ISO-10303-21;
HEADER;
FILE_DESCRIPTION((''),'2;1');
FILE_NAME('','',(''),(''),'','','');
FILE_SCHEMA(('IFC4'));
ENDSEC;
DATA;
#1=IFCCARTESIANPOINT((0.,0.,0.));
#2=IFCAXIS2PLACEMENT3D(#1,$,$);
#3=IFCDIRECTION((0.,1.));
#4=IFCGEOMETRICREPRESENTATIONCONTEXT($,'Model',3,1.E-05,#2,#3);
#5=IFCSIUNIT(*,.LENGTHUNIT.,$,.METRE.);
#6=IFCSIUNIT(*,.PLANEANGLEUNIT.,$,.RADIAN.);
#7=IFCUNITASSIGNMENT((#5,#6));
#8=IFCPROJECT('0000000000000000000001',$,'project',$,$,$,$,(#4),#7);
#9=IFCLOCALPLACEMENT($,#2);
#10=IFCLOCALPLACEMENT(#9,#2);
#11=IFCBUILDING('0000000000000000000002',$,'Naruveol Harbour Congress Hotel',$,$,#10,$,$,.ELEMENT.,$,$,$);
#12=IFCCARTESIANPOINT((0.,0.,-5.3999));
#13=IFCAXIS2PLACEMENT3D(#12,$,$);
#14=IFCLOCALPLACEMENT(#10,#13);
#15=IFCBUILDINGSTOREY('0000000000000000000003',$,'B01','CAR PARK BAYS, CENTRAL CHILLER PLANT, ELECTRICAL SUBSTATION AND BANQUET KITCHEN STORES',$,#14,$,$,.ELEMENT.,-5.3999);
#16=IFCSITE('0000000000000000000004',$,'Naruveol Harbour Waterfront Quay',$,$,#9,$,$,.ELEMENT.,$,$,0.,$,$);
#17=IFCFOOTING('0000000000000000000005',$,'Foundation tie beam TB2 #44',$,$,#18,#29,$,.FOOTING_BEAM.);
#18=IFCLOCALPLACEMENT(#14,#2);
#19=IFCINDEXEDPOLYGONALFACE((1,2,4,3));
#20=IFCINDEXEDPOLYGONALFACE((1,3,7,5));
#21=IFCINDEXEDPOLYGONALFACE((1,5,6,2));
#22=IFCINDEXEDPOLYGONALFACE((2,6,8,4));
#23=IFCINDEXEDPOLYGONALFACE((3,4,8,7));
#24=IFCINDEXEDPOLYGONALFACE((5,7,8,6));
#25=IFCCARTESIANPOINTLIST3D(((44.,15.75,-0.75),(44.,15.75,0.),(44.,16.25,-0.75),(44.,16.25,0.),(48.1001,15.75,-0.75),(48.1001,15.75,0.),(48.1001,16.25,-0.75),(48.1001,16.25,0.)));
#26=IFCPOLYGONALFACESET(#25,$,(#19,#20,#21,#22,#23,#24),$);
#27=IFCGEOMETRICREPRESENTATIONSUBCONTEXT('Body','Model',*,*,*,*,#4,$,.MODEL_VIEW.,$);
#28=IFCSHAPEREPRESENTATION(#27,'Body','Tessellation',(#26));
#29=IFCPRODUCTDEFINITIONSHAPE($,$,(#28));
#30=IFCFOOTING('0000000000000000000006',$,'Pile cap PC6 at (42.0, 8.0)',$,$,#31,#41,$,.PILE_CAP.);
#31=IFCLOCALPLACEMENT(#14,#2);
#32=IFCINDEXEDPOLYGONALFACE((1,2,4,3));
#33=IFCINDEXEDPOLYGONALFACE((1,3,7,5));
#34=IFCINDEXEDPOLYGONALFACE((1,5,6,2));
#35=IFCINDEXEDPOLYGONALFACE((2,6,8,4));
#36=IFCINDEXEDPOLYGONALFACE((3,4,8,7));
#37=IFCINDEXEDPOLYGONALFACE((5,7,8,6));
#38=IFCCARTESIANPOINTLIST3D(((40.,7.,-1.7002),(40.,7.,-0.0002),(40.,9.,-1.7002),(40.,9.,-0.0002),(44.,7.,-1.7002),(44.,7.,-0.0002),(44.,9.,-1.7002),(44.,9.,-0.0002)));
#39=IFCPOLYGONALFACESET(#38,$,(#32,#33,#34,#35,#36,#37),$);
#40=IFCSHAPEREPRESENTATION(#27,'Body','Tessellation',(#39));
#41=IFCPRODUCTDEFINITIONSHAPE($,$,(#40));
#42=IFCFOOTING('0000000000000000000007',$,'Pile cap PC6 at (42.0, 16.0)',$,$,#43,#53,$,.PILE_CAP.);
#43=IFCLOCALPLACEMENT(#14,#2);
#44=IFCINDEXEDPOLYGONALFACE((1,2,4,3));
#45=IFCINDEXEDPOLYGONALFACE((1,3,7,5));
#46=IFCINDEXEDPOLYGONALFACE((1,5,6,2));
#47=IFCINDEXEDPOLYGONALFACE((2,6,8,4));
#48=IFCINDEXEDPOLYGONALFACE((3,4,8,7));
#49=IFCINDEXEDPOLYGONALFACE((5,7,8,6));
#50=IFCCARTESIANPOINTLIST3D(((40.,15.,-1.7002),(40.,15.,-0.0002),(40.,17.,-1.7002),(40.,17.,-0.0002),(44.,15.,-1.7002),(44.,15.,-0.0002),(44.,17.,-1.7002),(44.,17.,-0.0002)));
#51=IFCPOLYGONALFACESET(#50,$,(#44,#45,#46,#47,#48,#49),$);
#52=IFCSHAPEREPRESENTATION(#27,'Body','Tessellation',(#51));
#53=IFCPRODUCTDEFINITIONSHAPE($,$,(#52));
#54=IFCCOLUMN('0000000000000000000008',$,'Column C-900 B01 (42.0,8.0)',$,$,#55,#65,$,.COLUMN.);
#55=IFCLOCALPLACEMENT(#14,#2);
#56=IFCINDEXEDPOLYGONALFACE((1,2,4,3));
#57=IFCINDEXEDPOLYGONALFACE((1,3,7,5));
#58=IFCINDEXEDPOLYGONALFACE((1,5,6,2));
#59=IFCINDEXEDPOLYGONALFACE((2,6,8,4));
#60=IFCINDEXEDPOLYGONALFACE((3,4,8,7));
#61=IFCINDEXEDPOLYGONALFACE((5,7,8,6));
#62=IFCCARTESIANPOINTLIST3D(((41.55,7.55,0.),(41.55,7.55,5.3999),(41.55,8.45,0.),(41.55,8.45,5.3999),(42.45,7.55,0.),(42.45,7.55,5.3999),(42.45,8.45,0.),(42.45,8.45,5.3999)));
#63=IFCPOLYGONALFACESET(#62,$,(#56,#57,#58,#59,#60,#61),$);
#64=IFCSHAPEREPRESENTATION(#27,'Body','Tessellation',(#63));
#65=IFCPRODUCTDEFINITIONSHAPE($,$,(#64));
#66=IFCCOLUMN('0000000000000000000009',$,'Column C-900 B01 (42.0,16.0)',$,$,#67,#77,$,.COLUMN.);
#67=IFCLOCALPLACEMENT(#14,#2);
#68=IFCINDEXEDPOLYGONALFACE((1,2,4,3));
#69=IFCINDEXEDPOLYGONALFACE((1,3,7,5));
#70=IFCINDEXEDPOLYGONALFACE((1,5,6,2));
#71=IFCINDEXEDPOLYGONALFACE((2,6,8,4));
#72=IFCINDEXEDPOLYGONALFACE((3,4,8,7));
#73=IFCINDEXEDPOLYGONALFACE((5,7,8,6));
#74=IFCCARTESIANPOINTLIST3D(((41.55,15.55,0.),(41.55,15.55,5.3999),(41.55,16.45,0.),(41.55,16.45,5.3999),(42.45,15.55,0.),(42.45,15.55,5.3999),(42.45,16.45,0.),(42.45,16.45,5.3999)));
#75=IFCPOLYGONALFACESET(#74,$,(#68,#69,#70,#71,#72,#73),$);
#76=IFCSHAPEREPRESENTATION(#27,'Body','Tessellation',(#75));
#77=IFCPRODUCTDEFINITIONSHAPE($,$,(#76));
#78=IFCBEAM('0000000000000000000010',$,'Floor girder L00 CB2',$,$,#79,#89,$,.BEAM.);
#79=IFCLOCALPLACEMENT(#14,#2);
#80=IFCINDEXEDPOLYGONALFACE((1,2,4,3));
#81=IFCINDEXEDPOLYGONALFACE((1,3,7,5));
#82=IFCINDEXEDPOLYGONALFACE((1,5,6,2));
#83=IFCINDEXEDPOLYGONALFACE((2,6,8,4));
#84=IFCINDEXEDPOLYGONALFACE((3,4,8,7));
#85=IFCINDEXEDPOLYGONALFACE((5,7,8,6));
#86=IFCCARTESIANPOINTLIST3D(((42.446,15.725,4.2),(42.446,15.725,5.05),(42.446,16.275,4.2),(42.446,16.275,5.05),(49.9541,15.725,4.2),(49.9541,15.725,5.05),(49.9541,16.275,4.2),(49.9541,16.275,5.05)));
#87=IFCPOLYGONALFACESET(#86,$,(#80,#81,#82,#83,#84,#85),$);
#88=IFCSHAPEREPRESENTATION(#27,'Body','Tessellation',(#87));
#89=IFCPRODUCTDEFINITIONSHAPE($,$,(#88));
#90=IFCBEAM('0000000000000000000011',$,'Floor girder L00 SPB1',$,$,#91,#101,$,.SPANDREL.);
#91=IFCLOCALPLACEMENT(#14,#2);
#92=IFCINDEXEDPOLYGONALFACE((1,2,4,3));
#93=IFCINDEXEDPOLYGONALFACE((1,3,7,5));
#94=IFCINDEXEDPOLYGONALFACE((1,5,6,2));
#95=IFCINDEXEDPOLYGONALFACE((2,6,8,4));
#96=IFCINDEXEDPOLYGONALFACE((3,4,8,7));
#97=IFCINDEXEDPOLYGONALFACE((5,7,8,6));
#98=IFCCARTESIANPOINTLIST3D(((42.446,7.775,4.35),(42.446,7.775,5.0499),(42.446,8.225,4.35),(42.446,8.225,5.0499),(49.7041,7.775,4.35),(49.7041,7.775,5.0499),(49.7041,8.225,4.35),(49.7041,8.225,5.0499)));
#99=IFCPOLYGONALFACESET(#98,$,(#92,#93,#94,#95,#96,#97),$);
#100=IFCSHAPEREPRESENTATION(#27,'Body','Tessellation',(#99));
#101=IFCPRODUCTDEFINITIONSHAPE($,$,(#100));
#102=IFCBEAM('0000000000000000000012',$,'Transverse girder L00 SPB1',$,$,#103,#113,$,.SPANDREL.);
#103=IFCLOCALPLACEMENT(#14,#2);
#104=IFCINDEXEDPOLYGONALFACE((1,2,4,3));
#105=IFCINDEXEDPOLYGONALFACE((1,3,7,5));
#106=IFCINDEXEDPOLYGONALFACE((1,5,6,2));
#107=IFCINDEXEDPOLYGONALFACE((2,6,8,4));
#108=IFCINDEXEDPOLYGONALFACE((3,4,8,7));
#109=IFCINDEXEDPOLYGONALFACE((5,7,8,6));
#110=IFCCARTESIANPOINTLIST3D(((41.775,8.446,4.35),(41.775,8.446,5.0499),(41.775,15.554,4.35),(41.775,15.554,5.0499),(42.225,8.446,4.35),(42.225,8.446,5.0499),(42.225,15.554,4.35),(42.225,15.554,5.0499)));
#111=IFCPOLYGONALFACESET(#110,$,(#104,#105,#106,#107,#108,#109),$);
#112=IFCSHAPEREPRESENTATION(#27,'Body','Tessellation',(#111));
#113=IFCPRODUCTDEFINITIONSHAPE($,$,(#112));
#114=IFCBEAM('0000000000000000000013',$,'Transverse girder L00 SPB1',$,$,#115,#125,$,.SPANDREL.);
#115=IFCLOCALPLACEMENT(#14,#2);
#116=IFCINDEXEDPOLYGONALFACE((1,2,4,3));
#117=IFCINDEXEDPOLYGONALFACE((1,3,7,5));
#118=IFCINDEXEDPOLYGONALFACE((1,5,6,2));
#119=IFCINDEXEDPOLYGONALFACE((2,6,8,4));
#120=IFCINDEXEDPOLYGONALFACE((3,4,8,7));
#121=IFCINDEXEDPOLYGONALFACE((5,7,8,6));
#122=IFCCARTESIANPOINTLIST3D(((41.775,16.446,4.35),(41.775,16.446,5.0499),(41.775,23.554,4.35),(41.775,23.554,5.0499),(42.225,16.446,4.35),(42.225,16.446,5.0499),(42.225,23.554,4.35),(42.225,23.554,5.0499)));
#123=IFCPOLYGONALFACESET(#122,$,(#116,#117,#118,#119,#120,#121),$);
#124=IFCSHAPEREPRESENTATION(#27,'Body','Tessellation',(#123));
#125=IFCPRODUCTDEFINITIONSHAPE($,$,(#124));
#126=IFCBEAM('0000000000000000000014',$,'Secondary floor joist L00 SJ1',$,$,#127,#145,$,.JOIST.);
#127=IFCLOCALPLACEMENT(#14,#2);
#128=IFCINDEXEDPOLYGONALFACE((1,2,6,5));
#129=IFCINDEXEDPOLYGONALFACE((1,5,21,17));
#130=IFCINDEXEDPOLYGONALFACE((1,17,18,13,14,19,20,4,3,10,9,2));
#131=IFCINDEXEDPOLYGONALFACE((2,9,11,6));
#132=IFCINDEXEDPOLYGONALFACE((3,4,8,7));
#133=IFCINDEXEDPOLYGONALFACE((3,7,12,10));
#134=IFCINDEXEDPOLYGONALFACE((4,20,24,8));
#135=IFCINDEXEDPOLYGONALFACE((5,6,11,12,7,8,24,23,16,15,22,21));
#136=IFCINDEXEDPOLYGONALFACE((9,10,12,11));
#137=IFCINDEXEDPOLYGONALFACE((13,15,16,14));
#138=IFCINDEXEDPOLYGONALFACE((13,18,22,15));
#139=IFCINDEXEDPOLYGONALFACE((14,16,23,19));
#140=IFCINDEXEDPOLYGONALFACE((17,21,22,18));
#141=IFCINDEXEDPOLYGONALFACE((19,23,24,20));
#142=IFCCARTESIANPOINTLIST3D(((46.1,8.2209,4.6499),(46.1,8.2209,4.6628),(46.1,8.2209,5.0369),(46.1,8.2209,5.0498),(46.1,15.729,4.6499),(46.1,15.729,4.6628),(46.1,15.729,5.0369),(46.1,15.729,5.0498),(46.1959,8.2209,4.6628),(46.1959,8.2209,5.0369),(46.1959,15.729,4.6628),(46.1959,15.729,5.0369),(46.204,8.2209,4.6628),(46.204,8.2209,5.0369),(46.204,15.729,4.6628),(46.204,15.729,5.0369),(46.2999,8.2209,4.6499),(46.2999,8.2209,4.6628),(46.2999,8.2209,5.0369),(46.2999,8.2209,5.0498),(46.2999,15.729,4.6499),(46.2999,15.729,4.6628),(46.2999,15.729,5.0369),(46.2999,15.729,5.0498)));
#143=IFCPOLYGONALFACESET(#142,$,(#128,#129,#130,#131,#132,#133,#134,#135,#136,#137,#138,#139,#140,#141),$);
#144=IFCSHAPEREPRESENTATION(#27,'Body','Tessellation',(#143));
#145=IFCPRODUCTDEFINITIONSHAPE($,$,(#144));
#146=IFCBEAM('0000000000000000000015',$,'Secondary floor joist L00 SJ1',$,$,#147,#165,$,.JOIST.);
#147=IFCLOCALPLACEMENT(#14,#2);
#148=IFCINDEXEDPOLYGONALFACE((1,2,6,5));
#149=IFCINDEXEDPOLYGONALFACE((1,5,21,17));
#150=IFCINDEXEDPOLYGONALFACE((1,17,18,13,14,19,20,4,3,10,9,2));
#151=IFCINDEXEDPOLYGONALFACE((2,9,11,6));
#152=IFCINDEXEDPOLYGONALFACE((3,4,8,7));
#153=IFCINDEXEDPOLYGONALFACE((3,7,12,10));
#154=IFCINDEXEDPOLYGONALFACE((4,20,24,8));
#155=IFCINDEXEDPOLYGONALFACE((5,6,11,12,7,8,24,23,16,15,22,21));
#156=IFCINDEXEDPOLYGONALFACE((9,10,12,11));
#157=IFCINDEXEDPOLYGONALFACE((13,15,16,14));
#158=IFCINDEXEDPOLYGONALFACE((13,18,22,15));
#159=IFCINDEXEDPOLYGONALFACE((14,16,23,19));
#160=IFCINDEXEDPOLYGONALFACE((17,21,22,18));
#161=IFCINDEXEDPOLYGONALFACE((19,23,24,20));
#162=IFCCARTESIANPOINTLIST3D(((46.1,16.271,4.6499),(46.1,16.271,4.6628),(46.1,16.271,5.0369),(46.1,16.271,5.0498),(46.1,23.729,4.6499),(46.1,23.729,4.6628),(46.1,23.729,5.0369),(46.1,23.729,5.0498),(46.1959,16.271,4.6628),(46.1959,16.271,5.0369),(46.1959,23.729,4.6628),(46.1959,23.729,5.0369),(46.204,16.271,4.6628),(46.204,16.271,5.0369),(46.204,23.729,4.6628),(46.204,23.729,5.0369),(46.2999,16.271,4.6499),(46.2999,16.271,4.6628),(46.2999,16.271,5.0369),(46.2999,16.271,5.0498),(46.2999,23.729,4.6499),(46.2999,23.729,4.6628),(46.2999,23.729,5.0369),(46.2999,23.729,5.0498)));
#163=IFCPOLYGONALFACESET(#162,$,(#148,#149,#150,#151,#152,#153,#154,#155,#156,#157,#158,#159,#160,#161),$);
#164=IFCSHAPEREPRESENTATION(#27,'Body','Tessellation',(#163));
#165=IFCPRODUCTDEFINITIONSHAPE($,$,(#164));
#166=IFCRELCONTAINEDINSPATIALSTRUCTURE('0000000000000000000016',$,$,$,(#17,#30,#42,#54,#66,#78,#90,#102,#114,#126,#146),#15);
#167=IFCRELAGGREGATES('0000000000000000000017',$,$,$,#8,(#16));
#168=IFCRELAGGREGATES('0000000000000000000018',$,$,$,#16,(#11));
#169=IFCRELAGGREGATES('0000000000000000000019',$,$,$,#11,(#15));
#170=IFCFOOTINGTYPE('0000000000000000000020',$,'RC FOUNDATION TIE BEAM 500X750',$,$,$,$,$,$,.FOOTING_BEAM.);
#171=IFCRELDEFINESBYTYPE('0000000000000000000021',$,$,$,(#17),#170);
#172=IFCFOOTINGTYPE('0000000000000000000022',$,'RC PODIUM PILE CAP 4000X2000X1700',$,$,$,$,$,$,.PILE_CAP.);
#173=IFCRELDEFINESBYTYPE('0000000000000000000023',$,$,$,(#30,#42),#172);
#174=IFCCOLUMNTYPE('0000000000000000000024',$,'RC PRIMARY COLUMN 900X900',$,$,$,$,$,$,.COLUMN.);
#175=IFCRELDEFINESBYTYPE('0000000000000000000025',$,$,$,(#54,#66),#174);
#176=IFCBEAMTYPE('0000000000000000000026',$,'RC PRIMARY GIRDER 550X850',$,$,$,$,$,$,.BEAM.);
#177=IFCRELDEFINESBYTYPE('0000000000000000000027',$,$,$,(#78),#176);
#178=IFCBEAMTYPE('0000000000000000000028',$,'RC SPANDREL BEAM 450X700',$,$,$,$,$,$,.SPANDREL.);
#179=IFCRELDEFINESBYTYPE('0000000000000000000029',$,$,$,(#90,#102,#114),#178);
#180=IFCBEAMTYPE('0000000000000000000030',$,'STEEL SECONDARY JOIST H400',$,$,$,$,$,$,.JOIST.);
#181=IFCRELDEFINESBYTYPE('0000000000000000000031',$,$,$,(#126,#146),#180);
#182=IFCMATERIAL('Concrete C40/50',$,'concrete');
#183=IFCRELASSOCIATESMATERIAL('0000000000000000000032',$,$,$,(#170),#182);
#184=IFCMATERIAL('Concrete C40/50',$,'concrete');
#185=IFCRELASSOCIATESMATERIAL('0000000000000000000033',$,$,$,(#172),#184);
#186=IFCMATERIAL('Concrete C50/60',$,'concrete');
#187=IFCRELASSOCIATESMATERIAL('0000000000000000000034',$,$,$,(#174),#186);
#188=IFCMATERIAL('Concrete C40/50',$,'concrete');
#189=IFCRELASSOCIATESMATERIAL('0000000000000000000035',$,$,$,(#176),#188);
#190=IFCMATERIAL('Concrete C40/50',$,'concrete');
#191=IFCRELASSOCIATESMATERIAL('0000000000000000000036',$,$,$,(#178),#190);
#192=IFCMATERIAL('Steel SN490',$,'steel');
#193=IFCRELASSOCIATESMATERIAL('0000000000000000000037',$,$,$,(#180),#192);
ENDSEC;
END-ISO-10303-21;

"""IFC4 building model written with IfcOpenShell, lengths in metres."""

from ifc_helpers import new_model, si_unit, direction, frame, origin, origin_2d, place, context, subcontext, project, spatial, rectangle, i_section, extrude, material, material_profile, profile_set, type_object, element, save


model = new_model("IFC4")

# Units and contexts
model_context = context("Model", 3, precision=1e-05, world=origin(), true_north=direction((0.0, 1.0)))
body_context = subcontext(model_context, "Body", "Model", "MODEL_VIEW")
ifc_project = project(units=[si_unit("LENGTHUNIT", "METRE"), si_unit("PLANEANGLEUNIT", "RADIAN")], contexts=[model_context])

# Site, building, storey
site_placement = place(None, origin())
site = spatial("IfcSite", under=ifc_project, at=site_placement, Name="Naruveol Harbour Waterfront Quay", CompositionType="ELEMENT", RefElevation=0.0)
building_placement = place(site_placement, origin())
building = spatial("IfcBuilding", under=site, at=building_placement, Name="Naruveol Harbour Congress Hotel", CompositionType="ELEMENT")
storey_placement = place(building_placement, frame((0.0, 0.0, -5.3999)))
storey = spatial("IfcBuildingStorey", under=building, at=storey_placement, Name="B01", Description="CAR PARK BAYS, CENTRAL CHILLER PLANT, ELECTRICAL SUBSTATION AND BANQUET KITCHEN STORES", CompositionType="ELEMENT", Elevation=-5.3999)

# Footings
ifc_material_1 = material(Name="Concrete C40/50", Category="concrete")
ifc_material_profile_1 = material_profile(ifc_material_1, rectangle(XDim=0.5, YDim=0.75, at=origin_2d()), Name="RCB-500x750")
ifc_profile_set_1 = profile_set([ifc_material_profile_1], Name="Concrete C40/50")
footing_type_1 = type_object("IfcFootingType", Name="RC FOUNDATION TIE BEAM 500X750", PredefinedType="FOOTING_BEAM", material=ifc_profile_set_1)
footing_1_placement = place(storey_placement, frame((44.0, 16.0, -0.375), z_axis=(1.0, 0.0, 0.0), x_axis=(0.0, 1.0, 0.0)))
element("IfcFooting", 1, at=footing_1_placement, inside=storey, type_object=footing_type_1, Name="Foundation tie beam TB2 #44", PredefinedType="FOOTING_BEAM", context=body_context, shape_type="SweptSolid", body=[
    extrude(rectangle(XDim=0.5, YDim=0.75, at=origin_2d()), origin(), (0.0, 0.0, 1.0), 4.1001),
])
ifc_material_2 = material(Name="Concrete C40/50", Category="concrete")
footing_type_2 = type_object("IfcFootingType", Name="RC PODIUM PILE CAP 4000X2000X1700", PredefinedType="PILE_CAP", material=ifc_material_2)
for number, where, z_axis, x_axis, name in (
    (2, (42.0, 8.0, -1.7002), (0.0, 0.0, 1.0), (1.0, 0.0, 0.0), "Pile cap PC6 at (42.0, 8.0)"),
    (3, (42.0, 16.0, -1.7002), (0.0, 0.0, 1.0), (1.0, 0.0, 0.0), "Pile cap PC6 at (42.0, 16.0)"),
):
    element("IfcFooting", number, at=place(storey_placement, frame(where, z_axis=z_axis, x_axis=x_axis)), inside=storey, type_object=footing_type_2, Name=name, PredefinedType="PILE_CAP", context=body_context, shape_type="SweptSolid", body=[
        extrude(rectangle(XDim=4.0, YDim=2.0, at=origin_2d()), origin(), (0.0, 0.0, 1.0), 1.7),
    ])

# Columns
ifc_material_3 = material(Name="Concrete C50/60", Category="concrete")
ifc_material_profile_2 = material_profile(ifc_material_3, rectangle(XDim=0.8999, YDim=0.8999, at=origin_2d()), Name="RC-900x900")
ifc_profile_set_2 = profile_set([ifc_material_profile_2], Name="Concrete C50/60")
column_type = type_object("IfcColumnType", Name="RC PRIMARY COLUMN 900X900", PredefinedType="COLUMN", material=ifc_profile_set_2)
for number, where, z_axis, x_axis, name in (
    (4, (42.0, 8.0, 0.0), (0.0, 0.0, 1.0), (1.0, 0.0, 0.0), "Column C-900 B01 (42.0,8.0)"),
    (5, (42.0, 16.0, 0.0), (0.0, 0.0, 1.0), (1.0, 0.0, 0.0), "Column C-900 B01 (42.0,16.0)"),
):
    element("IfcColumn", number, at=place(storey_placement, frame(where, z_axis=z_axis, x_axis=x_axis)), inside=storey, type_object=column_type, Name=name, PredefinedType="COLUMN", context=body_context, shape_type="SweptSolid", body=[
        extrude(rectangle(XDim=0.8999, YDim=0.8999, at=origin_2d()), origin(), (0.0, 0.0, 1.0), 5.3999),
    ])

# Beams
ifc_material_4 = material(Name="Concrete C40/50", Category="concrete")
ifc_material_profile_3 = material_profile(ifc_material_4, rectangle(XDim=0.55, YDim=0.8501, at=origin_2d()), Name="RCB-550x850")
ifc_profile_set_3 = profile_set([ifc_material_profile_3], Name="Concrete C40/50")
beam_type_1 = type_object("IfcBeamType", Name="RC PRIMARY GIRDER 550X850", PredefinedType="BEAM", material=ifc_profile_set_3)
beam_1_placement = place(storey_placement, frame((42.446, 16.0, 4.625), z_axis=(1.0, 0.0, 0.0), x_axis=(0.0, 1.0, 0.0)))
element("IfcBeam", 6, at=beam_1_placement, inside=storey, type_object=beam_type_1, Name="Floor girder L00 CB2", PredefinedType="BEAM", context=body_context, shape_type="SweptSolid", body=[
    extrude(rectangle(XDim=0.55, YDim=0.8501, at=origin_2d()), origin(), (0.0, 0.0, 1.0), 7.5081),
])
ifc_material_5 = material(Name="Concrete C40/50", Category="concrete")
ifc_material_profile_4 = material_profile(ifc_material_5, rectangle(XDim=0.45, YDim=0.7, at=origin_2d()), Name="RCB-450x700")
ifc_profile_set_4 = profile_set([ifc_material_profile_4], Name="Concrete C40/50")
beam_type_2 = type_object("IfcBeamType", Name="RC SPANDREL BEAM 450X700", PredefinedType="SPANDREL", material=ifc_profile_set_4)
beam_2_placement = place(storey_placement, frame((42.446, 8.0, 4.7), z_axis=(1.0, 0.0, 0.0), x_axis=(0.0, 1.0, 0.0)))
element("IfcBeam", 7, at=beam_2_placement, inside=storey, type_object=beam_type_2, Name="Floor girder L00 SPB1", PredefinedType="SPANDREL", context=body_context, shape_type="SweptSolid", body=[
    extrude(rectangle(XDim=0.45, YDim=0.7, at=origin_2d()), origin(), (0.0, 0.0, 1.0), 7.2581),
])
for number, where, z_axis, x_axis, name in (
    (8, (42.0, 8.446, 4.7), (0.0, 1.0, 0.0), (-1.0, 0.0, 0.0), "Transverse girder L00 SPB1"),
    (9, (42.0, 16.446, 4.7), (0.0, 1.0, 0.0), (-1.0, 0.0, 0.0), "Transverse girder L00 SPB1"),
):
    element("IfcBeam", number, at=place(storey_placement, frame(where, z_axis=z_axis, x_axis=x_axis)), inside=storey, type_object=beam_type_2, Name=name, PredefinedType="SPANDREL", context=body_context, shape_type="SweptSolid", body=[
        extrude(rectangle(XDim=0.45, YDim=0.7, at=origin_2d()), origin(), (0.0, 0.0, 1.0), 7.1079),
    ])
ifc_material_6 = material(Name="Steel SN490", Category="steel")
ifc_material_profile_5 = material_profile(ifc_material_6, i_section(OverallWidth=0.2, OverallDepth=0.3999, WebThickness=0.0081, FlangeThickness=0.0129, at=origin_2d()), Name="H-400x200x8x13")
ifc_profile_set_5 = profile_set([ifc_material_profile_5], Name="Steel SN490")
beam_type_3 = type_object("IfcBeamType", Name="STEEL SECONDARY JOIST H400", PredefinedType="JOIST", material=ifc_profile_set_5)
beam_3_placement = place(storey_placement, frame((46.2, 8.2209, 4.8499), z_axis=(0.0, 1.0, 0.0), x_axis=(-1.0, 0.0, 0.0)))
element("IfcBeam", 10, at=beam_3_placement, inside=storey, type_object=beam_type_3, Name="Secondary floor joist L00 SJ1", PredefinedType="JOIST", context=body_context, shape_type="SweptSolid", body=[
    extrude(i_section(OverallWidth=0.2, OverallDepth=0.3999, WebThickness=0.0081, FlangeThickness=0.0129, at=origin_2d()), origin(), (0.0, 0.0, 1.0), 7.5081),
])
beam_4_placement = place(storey_placement, frame((46.2, 16.271, 4.8499), z_axis=(0.0, 1.0, 0.0), x_axis=(-1.0, 0.0, 0.0)))
element("IfcBeam", 11, at=beam_4_placement, inside=storey, type_object=beam_type_3, Name="Secondary floor joist L00 SJ1", PredefinedType="JOIST", context=body_context, shape_type="SweptSolid", body=[
    extrude(i_section(OverallWidth=0.2, OverallDepth=0.3999, WebThickness=0.0081, FlangeThickness=0.0129, at=origin_2d()), origin(), (0.0, 0.0, 1.0), 7.458),
])

save(model, "model.ifc")
